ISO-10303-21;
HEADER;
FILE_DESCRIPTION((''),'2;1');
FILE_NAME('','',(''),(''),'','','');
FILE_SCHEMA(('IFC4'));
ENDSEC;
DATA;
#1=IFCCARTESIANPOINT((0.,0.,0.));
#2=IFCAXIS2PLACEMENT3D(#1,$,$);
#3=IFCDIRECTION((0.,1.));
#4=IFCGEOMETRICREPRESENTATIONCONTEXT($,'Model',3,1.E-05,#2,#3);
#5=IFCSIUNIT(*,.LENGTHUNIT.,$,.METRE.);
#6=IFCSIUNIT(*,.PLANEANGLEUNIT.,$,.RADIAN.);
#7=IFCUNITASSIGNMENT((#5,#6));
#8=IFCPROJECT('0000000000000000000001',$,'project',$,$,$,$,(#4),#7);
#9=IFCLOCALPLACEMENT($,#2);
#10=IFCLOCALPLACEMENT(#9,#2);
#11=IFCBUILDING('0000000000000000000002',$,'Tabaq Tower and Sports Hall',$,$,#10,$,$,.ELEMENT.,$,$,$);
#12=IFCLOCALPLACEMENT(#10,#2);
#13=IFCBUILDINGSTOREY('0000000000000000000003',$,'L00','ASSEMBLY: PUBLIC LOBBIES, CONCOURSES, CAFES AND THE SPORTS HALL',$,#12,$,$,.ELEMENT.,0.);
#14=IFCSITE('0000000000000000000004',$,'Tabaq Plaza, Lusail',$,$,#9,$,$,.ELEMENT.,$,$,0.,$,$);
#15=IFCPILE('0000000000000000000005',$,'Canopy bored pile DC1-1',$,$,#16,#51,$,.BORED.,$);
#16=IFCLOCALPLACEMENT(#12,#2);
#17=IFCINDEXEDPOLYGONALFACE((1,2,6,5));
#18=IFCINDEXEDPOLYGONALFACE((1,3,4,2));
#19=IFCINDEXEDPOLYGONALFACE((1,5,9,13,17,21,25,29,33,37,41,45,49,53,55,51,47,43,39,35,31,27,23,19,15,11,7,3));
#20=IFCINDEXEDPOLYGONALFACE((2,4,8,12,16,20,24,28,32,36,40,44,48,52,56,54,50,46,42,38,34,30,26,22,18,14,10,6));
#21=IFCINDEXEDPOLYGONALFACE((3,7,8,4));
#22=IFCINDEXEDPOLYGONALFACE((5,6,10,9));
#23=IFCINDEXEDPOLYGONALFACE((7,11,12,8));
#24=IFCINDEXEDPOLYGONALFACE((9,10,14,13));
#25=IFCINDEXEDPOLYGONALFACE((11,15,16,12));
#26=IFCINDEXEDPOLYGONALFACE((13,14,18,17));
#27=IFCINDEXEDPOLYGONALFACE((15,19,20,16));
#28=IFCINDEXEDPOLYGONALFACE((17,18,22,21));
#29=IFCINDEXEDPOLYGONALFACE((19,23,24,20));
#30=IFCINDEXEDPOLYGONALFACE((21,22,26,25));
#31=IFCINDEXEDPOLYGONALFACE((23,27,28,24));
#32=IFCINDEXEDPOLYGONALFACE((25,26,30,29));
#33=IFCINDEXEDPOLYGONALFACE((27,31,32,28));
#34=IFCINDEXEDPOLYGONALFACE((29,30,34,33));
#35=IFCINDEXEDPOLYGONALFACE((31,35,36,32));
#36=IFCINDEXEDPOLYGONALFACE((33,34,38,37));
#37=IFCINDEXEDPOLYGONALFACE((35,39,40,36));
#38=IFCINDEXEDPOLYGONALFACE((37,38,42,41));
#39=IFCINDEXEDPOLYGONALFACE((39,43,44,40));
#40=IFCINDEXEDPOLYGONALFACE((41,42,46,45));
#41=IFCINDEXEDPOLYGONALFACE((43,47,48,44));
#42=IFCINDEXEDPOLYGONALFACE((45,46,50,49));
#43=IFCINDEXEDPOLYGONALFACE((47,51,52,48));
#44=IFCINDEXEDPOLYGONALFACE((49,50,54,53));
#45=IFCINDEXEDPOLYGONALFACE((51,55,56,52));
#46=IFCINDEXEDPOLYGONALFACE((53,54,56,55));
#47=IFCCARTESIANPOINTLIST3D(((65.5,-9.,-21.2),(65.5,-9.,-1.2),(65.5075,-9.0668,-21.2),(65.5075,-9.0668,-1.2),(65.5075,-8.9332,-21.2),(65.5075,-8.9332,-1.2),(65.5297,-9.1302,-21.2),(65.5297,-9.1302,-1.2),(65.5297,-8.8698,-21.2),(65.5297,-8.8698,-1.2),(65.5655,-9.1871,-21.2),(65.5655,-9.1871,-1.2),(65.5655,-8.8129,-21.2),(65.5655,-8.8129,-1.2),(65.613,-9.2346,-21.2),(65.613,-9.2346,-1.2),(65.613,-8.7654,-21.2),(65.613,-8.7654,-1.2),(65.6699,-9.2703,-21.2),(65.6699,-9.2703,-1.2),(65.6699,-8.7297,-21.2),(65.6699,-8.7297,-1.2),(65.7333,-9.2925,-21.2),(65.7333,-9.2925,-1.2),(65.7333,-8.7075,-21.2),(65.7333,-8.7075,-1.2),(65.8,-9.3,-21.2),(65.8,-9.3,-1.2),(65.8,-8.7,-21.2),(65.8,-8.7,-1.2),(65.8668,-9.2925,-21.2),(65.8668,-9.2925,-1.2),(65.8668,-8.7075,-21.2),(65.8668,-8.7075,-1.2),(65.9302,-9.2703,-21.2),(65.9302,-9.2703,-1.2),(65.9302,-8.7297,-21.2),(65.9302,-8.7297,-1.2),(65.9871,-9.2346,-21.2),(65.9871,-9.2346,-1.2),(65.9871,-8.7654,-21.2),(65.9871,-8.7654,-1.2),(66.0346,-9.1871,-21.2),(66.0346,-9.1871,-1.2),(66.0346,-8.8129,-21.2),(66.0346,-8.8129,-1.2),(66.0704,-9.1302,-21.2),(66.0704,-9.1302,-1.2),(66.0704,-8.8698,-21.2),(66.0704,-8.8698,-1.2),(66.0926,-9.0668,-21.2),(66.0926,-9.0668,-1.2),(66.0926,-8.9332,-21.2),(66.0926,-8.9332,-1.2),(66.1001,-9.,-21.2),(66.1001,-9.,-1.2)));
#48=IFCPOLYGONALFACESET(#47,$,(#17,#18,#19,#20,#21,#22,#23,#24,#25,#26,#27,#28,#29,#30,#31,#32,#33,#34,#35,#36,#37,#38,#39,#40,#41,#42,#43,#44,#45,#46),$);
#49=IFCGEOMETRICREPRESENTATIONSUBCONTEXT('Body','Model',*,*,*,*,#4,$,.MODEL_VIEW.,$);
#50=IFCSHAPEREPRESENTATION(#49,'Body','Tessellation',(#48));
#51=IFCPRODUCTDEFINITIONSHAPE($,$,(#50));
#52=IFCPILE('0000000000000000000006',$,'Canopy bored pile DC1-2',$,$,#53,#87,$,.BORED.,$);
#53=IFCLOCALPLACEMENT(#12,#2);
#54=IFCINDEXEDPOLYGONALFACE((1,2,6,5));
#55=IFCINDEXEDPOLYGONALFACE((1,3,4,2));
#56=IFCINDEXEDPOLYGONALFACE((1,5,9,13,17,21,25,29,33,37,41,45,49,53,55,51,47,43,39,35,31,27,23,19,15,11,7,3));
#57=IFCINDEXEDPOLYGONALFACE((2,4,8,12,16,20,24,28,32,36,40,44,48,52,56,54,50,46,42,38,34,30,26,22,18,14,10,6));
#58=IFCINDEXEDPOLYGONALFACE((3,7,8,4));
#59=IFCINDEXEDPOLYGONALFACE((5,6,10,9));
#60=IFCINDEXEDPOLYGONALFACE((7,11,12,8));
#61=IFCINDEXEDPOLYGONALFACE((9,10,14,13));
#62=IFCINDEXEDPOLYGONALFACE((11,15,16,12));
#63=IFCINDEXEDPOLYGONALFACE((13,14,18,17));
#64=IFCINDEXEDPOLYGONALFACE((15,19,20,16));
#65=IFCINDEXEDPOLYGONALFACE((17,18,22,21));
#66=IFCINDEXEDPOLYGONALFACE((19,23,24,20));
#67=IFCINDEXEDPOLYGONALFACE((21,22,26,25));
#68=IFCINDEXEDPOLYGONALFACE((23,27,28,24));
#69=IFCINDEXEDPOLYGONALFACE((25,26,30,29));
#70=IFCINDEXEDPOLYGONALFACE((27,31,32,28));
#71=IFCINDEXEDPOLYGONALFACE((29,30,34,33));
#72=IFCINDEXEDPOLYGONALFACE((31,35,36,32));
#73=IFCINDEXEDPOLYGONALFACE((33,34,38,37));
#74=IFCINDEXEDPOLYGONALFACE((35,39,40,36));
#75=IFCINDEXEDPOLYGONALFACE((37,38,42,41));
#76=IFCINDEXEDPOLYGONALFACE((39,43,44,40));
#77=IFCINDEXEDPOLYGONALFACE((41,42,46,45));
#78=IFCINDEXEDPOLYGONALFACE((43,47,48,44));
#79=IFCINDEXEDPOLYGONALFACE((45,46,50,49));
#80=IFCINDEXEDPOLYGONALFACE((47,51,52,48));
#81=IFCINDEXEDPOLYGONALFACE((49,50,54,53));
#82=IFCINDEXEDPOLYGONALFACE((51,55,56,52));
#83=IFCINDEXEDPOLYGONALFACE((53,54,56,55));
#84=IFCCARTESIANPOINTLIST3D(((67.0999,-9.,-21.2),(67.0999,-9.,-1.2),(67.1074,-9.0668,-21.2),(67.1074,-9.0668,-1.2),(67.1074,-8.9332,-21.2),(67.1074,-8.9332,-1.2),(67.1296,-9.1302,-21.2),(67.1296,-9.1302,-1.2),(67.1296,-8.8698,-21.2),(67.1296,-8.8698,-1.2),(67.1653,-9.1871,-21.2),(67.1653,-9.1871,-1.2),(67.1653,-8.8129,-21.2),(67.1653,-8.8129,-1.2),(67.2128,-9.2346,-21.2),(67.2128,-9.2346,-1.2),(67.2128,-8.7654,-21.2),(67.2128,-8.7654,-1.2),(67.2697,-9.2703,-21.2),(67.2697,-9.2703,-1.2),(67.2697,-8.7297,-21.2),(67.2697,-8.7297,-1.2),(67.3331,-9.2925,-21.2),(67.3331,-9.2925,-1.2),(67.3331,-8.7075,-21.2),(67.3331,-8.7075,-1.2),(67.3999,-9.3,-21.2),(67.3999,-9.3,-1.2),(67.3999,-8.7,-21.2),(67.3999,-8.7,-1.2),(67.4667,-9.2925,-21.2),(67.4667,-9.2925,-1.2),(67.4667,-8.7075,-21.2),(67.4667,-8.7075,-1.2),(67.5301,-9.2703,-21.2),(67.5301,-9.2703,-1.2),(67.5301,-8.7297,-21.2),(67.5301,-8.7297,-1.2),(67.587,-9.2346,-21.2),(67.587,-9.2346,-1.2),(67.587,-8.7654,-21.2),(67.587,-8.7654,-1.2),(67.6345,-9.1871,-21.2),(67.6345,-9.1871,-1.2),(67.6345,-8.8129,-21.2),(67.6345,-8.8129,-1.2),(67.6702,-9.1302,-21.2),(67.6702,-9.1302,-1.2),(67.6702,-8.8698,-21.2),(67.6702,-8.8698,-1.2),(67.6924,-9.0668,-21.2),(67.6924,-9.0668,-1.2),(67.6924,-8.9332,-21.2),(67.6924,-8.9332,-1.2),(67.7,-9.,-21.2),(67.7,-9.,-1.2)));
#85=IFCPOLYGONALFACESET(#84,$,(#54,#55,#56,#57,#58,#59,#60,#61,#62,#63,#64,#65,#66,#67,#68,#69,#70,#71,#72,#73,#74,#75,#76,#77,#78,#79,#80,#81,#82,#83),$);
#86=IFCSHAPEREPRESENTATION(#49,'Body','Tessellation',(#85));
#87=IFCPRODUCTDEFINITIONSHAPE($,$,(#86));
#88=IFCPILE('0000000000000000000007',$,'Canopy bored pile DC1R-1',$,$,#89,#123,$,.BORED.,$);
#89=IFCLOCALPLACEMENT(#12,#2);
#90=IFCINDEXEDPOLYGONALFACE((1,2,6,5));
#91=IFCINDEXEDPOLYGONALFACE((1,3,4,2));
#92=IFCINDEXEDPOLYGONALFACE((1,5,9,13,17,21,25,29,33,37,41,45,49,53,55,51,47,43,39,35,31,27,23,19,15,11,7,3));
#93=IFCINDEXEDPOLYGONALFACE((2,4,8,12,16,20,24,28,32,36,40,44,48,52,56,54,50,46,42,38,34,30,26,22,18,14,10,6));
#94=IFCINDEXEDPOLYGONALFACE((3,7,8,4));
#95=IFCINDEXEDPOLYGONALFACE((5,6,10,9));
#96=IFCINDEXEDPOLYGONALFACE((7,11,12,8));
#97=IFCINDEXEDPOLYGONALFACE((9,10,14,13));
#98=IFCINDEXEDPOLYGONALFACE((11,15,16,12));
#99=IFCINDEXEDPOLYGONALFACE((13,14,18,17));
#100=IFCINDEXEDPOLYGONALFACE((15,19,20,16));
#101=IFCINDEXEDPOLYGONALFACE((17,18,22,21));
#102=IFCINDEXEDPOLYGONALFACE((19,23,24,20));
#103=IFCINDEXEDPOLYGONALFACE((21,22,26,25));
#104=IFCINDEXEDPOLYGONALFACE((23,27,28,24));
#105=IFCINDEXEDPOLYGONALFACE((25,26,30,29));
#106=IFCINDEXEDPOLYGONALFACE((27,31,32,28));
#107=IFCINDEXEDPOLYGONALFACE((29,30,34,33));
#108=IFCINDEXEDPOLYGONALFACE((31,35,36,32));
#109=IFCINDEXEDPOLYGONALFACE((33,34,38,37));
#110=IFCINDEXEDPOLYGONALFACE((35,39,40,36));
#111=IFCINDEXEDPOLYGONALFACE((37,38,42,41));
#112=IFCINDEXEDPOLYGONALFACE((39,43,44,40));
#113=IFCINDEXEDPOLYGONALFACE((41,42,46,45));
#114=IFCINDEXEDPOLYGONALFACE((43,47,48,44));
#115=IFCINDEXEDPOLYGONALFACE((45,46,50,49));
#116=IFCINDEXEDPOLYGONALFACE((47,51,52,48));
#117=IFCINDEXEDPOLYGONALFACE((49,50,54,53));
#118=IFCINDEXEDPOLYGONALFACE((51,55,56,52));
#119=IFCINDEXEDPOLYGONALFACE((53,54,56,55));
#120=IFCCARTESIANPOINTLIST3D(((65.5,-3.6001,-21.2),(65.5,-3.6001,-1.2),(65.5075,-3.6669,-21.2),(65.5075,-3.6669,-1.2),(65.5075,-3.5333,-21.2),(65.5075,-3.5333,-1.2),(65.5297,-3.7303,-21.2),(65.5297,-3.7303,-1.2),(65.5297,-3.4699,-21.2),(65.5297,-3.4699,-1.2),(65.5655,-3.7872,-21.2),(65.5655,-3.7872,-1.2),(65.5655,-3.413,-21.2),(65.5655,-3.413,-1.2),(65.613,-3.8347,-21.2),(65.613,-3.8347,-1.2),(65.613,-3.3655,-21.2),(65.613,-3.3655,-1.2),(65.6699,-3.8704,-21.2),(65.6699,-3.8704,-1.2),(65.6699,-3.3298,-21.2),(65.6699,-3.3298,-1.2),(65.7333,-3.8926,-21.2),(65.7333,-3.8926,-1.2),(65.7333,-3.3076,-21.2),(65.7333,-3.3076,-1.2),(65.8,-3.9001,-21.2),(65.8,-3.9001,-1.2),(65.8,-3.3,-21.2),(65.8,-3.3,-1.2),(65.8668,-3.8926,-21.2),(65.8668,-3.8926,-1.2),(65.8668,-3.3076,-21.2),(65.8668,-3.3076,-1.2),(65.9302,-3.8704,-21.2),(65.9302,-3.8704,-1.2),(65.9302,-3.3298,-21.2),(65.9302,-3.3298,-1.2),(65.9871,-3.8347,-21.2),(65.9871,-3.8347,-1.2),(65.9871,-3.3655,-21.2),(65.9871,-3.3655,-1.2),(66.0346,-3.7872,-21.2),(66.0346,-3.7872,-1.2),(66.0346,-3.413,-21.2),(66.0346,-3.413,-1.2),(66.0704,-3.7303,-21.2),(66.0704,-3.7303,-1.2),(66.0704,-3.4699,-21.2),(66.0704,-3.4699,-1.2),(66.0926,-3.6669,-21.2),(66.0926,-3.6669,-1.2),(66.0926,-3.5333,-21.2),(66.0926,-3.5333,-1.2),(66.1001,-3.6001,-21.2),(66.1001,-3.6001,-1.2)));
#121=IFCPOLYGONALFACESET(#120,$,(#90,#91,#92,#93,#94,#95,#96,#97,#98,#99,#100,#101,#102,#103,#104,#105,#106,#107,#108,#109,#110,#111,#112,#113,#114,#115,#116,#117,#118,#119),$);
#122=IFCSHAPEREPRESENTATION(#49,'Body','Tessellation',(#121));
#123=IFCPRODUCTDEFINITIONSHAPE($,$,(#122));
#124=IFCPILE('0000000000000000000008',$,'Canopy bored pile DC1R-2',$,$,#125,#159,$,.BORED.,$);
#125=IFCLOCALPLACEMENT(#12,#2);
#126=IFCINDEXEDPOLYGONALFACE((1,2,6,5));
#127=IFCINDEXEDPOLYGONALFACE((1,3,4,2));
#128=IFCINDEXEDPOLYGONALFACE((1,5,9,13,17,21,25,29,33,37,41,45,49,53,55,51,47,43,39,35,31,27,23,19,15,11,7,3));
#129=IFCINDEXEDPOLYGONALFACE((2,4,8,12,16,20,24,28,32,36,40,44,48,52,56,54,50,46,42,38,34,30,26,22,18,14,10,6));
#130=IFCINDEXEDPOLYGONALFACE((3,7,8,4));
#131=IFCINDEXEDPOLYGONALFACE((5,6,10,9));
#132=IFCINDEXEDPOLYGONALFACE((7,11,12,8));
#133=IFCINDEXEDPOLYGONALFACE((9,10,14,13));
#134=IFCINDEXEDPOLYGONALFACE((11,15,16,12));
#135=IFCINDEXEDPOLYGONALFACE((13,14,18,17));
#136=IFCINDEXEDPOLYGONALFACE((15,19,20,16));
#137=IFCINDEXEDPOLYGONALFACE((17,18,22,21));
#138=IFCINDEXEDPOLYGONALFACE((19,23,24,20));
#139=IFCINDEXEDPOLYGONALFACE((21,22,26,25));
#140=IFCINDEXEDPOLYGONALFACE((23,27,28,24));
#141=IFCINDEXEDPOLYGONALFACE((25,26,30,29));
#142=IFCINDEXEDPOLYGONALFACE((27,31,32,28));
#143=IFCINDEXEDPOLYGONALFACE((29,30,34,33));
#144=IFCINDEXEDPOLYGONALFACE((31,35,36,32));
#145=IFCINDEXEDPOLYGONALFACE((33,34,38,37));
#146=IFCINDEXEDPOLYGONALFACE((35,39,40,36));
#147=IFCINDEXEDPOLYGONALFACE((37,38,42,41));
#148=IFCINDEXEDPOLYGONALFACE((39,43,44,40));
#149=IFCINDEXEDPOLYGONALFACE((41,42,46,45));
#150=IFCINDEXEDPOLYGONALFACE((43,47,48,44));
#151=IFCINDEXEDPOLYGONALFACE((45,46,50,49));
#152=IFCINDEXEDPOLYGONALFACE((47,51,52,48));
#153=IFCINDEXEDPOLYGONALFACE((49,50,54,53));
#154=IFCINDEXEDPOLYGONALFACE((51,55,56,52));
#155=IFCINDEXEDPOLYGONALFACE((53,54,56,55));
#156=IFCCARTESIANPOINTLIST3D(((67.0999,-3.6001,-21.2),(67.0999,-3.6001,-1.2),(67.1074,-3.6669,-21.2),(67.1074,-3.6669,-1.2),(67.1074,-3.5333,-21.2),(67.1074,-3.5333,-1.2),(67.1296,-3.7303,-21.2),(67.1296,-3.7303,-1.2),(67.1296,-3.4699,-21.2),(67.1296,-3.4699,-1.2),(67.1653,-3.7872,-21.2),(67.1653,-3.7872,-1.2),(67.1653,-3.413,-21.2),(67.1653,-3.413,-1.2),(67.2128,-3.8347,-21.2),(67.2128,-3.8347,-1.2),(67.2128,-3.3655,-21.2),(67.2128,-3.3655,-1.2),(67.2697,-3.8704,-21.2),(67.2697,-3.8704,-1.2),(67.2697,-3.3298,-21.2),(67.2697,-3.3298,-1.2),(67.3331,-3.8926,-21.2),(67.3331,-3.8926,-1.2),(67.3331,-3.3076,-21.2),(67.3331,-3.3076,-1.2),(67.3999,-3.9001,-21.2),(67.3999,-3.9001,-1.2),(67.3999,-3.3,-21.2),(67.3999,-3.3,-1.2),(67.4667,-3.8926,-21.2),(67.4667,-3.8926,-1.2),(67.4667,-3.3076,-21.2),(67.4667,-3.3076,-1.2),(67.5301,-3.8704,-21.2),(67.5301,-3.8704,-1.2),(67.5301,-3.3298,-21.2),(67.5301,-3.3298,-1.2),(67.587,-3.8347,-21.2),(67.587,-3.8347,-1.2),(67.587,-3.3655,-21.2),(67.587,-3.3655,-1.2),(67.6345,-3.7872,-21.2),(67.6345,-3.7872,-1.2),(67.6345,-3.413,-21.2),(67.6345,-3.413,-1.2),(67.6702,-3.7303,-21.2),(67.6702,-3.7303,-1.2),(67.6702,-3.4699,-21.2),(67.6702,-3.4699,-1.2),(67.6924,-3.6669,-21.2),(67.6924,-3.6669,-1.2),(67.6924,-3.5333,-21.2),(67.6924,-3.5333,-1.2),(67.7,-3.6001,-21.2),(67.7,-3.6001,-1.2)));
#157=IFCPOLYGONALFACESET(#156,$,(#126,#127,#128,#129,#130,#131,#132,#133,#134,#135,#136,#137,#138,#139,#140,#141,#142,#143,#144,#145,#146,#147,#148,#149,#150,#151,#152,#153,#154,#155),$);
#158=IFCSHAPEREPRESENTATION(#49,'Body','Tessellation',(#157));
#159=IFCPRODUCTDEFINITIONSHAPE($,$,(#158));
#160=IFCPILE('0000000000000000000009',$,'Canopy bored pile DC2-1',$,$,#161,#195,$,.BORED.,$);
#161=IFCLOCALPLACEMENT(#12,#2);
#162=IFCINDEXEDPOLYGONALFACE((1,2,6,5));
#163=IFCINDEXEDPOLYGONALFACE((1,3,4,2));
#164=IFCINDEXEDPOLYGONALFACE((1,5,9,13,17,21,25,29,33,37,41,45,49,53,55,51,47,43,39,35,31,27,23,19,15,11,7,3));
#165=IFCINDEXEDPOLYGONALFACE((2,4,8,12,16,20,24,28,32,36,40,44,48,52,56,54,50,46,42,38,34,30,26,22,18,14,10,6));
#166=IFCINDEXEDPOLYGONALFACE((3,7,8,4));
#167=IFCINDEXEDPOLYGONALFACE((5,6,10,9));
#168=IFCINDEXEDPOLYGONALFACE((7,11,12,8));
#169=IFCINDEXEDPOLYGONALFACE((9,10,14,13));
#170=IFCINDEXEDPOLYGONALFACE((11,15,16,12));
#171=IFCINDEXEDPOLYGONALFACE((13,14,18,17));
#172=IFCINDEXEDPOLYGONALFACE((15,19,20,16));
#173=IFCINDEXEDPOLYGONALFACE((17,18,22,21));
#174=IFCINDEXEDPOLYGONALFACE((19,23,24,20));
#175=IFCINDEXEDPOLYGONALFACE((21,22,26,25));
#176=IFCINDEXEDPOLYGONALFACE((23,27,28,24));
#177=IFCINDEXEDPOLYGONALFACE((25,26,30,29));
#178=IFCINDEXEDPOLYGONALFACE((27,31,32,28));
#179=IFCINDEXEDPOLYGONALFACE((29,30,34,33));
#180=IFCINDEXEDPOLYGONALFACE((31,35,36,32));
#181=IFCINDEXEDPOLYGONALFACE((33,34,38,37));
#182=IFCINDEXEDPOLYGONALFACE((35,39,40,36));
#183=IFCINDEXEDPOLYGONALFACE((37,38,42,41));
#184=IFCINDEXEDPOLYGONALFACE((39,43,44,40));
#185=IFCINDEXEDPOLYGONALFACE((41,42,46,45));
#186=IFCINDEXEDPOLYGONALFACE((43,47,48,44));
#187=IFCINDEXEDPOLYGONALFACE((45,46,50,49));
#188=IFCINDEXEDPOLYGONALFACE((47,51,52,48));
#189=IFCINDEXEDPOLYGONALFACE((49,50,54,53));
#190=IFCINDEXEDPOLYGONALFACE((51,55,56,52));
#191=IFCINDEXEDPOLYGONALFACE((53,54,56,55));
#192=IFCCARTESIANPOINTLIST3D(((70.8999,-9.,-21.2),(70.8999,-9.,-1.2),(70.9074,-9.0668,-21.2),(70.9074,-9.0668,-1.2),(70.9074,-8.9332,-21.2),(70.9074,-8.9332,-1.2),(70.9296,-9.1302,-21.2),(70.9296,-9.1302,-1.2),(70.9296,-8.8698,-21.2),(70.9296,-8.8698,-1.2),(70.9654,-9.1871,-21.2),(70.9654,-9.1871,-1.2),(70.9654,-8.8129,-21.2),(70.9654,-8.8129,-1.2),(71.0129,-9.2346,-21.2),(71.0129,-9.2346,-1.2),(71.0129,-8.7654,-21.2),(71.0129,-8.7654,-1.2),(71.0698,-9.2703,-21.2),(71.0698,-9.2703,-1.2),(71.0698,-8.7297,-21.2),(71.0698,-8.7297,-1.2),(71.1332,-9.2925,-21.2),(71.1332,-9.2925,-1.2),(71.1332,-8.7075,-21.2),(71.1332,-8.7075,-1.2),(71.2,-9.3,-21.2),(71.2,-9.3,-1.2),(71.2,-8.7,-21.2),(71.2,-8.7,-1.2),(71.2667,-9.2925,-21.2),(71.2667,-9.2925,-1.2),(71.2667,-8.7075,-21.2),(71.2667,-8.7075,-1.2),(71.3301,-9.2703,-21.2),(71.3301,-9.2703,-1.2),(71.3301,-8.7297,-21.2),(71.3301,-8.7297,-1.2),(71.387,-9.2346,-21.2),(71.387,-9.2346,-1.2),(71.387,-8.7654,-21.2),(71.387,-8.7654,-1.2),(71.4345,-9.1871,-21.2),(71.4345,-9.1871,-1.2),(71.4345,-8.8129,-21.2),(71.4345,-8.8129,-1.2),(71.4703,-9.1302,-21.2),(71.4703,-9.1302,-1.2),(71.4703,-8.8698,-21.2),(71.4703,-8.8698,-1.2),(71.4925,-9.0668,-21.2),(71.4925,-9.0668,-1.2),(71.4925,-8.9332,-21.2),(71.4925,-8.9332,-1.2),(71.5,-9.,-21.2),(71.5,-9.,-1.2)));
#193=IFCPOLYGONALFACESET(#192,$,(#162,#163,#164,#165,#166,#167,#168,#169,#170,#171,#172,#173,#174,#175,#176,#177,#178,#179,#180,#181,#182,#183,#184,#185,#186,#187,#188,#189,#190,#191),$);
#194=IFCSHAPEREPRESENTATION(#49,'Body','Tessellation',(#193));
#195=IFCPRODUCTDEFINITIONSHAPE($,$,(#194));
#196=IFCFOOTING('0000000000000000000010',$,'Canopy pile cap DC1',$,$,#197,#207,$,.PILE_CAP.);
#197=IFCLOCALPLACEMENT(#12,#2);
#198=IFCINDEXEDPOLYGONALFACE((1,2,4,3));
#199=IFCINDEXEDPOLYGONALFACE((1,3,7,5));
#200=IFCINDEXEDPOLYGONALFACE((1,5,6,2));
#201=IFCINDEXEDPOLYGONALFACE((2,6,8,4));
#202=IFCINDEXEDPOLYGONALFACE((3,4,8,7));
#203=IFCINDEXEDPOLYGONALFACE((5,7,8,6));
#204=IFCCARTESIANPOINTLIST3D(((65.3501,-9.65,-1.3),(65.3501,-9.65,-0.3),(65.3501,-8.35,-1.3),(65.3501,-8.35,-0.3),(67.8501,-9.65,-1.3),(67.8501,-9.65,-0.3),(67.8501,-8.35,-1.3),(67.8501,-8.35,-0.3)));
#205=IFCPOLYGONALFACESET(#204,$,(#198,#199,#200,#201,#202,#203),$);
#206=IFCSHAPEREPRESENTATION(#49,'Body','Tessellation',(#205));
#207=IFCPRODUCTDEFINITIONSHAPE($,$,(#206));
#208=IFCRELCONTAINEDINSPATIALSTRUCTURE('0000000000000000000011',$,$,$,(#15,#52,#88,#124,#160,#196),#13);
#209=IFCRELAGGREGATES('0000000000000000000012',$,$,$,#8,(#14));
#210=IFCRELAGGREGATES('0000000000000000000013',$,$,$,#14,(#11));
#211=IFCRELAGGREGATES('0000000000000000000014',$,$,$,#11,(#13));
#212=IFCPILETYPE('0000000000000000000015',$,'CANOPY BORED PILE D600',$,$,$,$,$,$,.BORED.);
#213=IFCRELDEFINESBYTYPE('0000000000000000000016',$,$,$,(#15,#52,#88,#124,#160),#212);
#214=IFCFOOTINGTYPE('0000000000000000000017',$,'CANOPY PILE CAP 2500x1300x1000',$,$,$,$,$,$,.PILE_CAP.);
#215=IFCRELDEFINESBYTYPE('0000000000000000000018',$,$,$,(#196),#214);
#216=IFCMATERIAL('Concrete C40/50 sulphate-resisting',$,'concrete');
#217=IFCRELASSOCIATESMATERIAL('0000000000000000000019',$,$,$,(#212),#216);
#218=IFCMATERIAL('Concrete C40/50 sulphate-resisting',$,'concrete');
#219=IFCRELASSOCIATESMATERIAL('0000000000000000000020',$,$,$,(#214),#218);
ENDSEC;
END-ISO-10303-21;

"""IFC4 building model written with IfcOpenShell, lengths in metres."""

from ifc_helpers import new_model, si_unit, direction, frame, origin, origin_2d, place, context, subcontext, project, spatial, rectangle, circle, extrude, material, material_profile, profile_set, type_object, element, save


model = new_model("IFC4")

# Units and contexts
model_context = context("Model", 3, precision=1e-05, world=origin(), true_north=direction((0.0, 1.0)))
body_context = subcontext(model_context, "Body", "Model", "MODEL_VIEW")
ifc_project = project(units=[si_unit("LENGTHUNIT", "METRE"), si_unit("PLANEANGLEUNIT", "RADIAN")], contexts=[model_context])

# Site, building, storey
site_placement = place(None, origin())
site = spatial("IfcSite", under=ifc_project, at=site_placement, Name="Tabaq Plaza, Lusail", CompositionType="ELEMENT", RefElevation=0.0)
building_placement = place(site_placement, origin())
building = spatial("IfcBuilding", under=site, at=building_placement, Name="Tabaq Tower and Sports Hall", CompositionType="ELEMENT")
storey_placement = place(building_placement, origin())
storey = spatial("IfcBuildingStorey", under=building, at=storey_placement, Name="L00", Description="ASSEMBLY: PUBLIC LOBBIES, CONCOURSES, CAFES AND THE SPORTS HALL", CompositionType="ELEMENT", Elevation=0.0)

# Piles
ifc_material_1 = material(Name="Concrete C40/50 sulphate-resisting", Category="concrete")
ifc_material_profile_1 = material_profile(ifc_material_1, circle(Radius=0.3, at=origin_2d()), Name="D600")
ifc_profile_set_1 = profile_set([ifc_material_profile_1], Name="Concrete C40/50 sulphate-resisting")
pile_type_1 = type_object("IfcPileType", Name="CANOPY BORED PILE D600", PredefinedType="BORED", material=ifc_profile_set_1)
for number, where, z_axis, x_axis, name in (
    (1, (65.8, -9.0, -1.2), (0.0, 0.0, -1.0), (1.0, 0.0, 0.0), "Canopy bored pile DC1-1"),
    (2, (67.3999, -9.0, -1.2), (0.0, 0.0, -1.0), (1.0, 0.0, 0.0), "Canopy bored pile DC1-2"),
    (3, (65.8, -3.6001, -1.2), (0.0, 0.0, -1.0), (1.0, 0.0, 0.0), "Canopy bored pile DC1R-1"),
    (4, (67.3999, -3.6001, -1.2), (0.0, 0.0, -1.0), (1.0, 0.0, 0.0), "Canopy bored pile DC1R-2"),
    (5, (71.2, -9.0, -1.2), (0.0, 0.0, -1.0), (1.0, 0.0, 0.0), "Canopy bored pile DC2-1"),
):
    element("IfcPile", number, at=place(storey_placement, frame(where, z_axis=z_axis, x_axis=x_axis)), inside=storey, type_object=pile_type_1, Name=name, PredefinedType="BORED", context=body_context, shape_type="SweptSolid", body=[
        extrude(circle(Radius=0.3, at=origin_2d()), origin(), (0.0, 0.0, 1.0), 20.0),
    ])

# Footing
ifc_material_2 = material(Name="Concrete C40/50 sulphate-resisting", Category="concrete")
footing_type_1 = type_object("IfcFootingType", Name="CANOPY PILE CAP 2500x1300x1000", PredefinedType="PILE_CAP", material=ifc_material_2)
for number, where, z_axis, x_axis, name in (
    (6, (66.6001, -9.0, -1.3), (0.0, 0.0, 1.0), (1.0, 0.0, 0.0), "Canopy pile cap DC1"),
):
    element("IfcFooting", number, at=place(storey_placement, frame(where, z_axis=z_axis, x_axis=x_axis)), inside=storey, type_object=footing_type_1, Name=name, PredefinedType="PILE_CAP", context=body_context, shape_type="SweptSolid", body=[
        extrude(rectangle(XDim=2.5, YDim=1.3, at=origin_2d()), origin(), (0.0, 0.0, 1.0), 1.0),
    ])

save(model, "model.ifc")
